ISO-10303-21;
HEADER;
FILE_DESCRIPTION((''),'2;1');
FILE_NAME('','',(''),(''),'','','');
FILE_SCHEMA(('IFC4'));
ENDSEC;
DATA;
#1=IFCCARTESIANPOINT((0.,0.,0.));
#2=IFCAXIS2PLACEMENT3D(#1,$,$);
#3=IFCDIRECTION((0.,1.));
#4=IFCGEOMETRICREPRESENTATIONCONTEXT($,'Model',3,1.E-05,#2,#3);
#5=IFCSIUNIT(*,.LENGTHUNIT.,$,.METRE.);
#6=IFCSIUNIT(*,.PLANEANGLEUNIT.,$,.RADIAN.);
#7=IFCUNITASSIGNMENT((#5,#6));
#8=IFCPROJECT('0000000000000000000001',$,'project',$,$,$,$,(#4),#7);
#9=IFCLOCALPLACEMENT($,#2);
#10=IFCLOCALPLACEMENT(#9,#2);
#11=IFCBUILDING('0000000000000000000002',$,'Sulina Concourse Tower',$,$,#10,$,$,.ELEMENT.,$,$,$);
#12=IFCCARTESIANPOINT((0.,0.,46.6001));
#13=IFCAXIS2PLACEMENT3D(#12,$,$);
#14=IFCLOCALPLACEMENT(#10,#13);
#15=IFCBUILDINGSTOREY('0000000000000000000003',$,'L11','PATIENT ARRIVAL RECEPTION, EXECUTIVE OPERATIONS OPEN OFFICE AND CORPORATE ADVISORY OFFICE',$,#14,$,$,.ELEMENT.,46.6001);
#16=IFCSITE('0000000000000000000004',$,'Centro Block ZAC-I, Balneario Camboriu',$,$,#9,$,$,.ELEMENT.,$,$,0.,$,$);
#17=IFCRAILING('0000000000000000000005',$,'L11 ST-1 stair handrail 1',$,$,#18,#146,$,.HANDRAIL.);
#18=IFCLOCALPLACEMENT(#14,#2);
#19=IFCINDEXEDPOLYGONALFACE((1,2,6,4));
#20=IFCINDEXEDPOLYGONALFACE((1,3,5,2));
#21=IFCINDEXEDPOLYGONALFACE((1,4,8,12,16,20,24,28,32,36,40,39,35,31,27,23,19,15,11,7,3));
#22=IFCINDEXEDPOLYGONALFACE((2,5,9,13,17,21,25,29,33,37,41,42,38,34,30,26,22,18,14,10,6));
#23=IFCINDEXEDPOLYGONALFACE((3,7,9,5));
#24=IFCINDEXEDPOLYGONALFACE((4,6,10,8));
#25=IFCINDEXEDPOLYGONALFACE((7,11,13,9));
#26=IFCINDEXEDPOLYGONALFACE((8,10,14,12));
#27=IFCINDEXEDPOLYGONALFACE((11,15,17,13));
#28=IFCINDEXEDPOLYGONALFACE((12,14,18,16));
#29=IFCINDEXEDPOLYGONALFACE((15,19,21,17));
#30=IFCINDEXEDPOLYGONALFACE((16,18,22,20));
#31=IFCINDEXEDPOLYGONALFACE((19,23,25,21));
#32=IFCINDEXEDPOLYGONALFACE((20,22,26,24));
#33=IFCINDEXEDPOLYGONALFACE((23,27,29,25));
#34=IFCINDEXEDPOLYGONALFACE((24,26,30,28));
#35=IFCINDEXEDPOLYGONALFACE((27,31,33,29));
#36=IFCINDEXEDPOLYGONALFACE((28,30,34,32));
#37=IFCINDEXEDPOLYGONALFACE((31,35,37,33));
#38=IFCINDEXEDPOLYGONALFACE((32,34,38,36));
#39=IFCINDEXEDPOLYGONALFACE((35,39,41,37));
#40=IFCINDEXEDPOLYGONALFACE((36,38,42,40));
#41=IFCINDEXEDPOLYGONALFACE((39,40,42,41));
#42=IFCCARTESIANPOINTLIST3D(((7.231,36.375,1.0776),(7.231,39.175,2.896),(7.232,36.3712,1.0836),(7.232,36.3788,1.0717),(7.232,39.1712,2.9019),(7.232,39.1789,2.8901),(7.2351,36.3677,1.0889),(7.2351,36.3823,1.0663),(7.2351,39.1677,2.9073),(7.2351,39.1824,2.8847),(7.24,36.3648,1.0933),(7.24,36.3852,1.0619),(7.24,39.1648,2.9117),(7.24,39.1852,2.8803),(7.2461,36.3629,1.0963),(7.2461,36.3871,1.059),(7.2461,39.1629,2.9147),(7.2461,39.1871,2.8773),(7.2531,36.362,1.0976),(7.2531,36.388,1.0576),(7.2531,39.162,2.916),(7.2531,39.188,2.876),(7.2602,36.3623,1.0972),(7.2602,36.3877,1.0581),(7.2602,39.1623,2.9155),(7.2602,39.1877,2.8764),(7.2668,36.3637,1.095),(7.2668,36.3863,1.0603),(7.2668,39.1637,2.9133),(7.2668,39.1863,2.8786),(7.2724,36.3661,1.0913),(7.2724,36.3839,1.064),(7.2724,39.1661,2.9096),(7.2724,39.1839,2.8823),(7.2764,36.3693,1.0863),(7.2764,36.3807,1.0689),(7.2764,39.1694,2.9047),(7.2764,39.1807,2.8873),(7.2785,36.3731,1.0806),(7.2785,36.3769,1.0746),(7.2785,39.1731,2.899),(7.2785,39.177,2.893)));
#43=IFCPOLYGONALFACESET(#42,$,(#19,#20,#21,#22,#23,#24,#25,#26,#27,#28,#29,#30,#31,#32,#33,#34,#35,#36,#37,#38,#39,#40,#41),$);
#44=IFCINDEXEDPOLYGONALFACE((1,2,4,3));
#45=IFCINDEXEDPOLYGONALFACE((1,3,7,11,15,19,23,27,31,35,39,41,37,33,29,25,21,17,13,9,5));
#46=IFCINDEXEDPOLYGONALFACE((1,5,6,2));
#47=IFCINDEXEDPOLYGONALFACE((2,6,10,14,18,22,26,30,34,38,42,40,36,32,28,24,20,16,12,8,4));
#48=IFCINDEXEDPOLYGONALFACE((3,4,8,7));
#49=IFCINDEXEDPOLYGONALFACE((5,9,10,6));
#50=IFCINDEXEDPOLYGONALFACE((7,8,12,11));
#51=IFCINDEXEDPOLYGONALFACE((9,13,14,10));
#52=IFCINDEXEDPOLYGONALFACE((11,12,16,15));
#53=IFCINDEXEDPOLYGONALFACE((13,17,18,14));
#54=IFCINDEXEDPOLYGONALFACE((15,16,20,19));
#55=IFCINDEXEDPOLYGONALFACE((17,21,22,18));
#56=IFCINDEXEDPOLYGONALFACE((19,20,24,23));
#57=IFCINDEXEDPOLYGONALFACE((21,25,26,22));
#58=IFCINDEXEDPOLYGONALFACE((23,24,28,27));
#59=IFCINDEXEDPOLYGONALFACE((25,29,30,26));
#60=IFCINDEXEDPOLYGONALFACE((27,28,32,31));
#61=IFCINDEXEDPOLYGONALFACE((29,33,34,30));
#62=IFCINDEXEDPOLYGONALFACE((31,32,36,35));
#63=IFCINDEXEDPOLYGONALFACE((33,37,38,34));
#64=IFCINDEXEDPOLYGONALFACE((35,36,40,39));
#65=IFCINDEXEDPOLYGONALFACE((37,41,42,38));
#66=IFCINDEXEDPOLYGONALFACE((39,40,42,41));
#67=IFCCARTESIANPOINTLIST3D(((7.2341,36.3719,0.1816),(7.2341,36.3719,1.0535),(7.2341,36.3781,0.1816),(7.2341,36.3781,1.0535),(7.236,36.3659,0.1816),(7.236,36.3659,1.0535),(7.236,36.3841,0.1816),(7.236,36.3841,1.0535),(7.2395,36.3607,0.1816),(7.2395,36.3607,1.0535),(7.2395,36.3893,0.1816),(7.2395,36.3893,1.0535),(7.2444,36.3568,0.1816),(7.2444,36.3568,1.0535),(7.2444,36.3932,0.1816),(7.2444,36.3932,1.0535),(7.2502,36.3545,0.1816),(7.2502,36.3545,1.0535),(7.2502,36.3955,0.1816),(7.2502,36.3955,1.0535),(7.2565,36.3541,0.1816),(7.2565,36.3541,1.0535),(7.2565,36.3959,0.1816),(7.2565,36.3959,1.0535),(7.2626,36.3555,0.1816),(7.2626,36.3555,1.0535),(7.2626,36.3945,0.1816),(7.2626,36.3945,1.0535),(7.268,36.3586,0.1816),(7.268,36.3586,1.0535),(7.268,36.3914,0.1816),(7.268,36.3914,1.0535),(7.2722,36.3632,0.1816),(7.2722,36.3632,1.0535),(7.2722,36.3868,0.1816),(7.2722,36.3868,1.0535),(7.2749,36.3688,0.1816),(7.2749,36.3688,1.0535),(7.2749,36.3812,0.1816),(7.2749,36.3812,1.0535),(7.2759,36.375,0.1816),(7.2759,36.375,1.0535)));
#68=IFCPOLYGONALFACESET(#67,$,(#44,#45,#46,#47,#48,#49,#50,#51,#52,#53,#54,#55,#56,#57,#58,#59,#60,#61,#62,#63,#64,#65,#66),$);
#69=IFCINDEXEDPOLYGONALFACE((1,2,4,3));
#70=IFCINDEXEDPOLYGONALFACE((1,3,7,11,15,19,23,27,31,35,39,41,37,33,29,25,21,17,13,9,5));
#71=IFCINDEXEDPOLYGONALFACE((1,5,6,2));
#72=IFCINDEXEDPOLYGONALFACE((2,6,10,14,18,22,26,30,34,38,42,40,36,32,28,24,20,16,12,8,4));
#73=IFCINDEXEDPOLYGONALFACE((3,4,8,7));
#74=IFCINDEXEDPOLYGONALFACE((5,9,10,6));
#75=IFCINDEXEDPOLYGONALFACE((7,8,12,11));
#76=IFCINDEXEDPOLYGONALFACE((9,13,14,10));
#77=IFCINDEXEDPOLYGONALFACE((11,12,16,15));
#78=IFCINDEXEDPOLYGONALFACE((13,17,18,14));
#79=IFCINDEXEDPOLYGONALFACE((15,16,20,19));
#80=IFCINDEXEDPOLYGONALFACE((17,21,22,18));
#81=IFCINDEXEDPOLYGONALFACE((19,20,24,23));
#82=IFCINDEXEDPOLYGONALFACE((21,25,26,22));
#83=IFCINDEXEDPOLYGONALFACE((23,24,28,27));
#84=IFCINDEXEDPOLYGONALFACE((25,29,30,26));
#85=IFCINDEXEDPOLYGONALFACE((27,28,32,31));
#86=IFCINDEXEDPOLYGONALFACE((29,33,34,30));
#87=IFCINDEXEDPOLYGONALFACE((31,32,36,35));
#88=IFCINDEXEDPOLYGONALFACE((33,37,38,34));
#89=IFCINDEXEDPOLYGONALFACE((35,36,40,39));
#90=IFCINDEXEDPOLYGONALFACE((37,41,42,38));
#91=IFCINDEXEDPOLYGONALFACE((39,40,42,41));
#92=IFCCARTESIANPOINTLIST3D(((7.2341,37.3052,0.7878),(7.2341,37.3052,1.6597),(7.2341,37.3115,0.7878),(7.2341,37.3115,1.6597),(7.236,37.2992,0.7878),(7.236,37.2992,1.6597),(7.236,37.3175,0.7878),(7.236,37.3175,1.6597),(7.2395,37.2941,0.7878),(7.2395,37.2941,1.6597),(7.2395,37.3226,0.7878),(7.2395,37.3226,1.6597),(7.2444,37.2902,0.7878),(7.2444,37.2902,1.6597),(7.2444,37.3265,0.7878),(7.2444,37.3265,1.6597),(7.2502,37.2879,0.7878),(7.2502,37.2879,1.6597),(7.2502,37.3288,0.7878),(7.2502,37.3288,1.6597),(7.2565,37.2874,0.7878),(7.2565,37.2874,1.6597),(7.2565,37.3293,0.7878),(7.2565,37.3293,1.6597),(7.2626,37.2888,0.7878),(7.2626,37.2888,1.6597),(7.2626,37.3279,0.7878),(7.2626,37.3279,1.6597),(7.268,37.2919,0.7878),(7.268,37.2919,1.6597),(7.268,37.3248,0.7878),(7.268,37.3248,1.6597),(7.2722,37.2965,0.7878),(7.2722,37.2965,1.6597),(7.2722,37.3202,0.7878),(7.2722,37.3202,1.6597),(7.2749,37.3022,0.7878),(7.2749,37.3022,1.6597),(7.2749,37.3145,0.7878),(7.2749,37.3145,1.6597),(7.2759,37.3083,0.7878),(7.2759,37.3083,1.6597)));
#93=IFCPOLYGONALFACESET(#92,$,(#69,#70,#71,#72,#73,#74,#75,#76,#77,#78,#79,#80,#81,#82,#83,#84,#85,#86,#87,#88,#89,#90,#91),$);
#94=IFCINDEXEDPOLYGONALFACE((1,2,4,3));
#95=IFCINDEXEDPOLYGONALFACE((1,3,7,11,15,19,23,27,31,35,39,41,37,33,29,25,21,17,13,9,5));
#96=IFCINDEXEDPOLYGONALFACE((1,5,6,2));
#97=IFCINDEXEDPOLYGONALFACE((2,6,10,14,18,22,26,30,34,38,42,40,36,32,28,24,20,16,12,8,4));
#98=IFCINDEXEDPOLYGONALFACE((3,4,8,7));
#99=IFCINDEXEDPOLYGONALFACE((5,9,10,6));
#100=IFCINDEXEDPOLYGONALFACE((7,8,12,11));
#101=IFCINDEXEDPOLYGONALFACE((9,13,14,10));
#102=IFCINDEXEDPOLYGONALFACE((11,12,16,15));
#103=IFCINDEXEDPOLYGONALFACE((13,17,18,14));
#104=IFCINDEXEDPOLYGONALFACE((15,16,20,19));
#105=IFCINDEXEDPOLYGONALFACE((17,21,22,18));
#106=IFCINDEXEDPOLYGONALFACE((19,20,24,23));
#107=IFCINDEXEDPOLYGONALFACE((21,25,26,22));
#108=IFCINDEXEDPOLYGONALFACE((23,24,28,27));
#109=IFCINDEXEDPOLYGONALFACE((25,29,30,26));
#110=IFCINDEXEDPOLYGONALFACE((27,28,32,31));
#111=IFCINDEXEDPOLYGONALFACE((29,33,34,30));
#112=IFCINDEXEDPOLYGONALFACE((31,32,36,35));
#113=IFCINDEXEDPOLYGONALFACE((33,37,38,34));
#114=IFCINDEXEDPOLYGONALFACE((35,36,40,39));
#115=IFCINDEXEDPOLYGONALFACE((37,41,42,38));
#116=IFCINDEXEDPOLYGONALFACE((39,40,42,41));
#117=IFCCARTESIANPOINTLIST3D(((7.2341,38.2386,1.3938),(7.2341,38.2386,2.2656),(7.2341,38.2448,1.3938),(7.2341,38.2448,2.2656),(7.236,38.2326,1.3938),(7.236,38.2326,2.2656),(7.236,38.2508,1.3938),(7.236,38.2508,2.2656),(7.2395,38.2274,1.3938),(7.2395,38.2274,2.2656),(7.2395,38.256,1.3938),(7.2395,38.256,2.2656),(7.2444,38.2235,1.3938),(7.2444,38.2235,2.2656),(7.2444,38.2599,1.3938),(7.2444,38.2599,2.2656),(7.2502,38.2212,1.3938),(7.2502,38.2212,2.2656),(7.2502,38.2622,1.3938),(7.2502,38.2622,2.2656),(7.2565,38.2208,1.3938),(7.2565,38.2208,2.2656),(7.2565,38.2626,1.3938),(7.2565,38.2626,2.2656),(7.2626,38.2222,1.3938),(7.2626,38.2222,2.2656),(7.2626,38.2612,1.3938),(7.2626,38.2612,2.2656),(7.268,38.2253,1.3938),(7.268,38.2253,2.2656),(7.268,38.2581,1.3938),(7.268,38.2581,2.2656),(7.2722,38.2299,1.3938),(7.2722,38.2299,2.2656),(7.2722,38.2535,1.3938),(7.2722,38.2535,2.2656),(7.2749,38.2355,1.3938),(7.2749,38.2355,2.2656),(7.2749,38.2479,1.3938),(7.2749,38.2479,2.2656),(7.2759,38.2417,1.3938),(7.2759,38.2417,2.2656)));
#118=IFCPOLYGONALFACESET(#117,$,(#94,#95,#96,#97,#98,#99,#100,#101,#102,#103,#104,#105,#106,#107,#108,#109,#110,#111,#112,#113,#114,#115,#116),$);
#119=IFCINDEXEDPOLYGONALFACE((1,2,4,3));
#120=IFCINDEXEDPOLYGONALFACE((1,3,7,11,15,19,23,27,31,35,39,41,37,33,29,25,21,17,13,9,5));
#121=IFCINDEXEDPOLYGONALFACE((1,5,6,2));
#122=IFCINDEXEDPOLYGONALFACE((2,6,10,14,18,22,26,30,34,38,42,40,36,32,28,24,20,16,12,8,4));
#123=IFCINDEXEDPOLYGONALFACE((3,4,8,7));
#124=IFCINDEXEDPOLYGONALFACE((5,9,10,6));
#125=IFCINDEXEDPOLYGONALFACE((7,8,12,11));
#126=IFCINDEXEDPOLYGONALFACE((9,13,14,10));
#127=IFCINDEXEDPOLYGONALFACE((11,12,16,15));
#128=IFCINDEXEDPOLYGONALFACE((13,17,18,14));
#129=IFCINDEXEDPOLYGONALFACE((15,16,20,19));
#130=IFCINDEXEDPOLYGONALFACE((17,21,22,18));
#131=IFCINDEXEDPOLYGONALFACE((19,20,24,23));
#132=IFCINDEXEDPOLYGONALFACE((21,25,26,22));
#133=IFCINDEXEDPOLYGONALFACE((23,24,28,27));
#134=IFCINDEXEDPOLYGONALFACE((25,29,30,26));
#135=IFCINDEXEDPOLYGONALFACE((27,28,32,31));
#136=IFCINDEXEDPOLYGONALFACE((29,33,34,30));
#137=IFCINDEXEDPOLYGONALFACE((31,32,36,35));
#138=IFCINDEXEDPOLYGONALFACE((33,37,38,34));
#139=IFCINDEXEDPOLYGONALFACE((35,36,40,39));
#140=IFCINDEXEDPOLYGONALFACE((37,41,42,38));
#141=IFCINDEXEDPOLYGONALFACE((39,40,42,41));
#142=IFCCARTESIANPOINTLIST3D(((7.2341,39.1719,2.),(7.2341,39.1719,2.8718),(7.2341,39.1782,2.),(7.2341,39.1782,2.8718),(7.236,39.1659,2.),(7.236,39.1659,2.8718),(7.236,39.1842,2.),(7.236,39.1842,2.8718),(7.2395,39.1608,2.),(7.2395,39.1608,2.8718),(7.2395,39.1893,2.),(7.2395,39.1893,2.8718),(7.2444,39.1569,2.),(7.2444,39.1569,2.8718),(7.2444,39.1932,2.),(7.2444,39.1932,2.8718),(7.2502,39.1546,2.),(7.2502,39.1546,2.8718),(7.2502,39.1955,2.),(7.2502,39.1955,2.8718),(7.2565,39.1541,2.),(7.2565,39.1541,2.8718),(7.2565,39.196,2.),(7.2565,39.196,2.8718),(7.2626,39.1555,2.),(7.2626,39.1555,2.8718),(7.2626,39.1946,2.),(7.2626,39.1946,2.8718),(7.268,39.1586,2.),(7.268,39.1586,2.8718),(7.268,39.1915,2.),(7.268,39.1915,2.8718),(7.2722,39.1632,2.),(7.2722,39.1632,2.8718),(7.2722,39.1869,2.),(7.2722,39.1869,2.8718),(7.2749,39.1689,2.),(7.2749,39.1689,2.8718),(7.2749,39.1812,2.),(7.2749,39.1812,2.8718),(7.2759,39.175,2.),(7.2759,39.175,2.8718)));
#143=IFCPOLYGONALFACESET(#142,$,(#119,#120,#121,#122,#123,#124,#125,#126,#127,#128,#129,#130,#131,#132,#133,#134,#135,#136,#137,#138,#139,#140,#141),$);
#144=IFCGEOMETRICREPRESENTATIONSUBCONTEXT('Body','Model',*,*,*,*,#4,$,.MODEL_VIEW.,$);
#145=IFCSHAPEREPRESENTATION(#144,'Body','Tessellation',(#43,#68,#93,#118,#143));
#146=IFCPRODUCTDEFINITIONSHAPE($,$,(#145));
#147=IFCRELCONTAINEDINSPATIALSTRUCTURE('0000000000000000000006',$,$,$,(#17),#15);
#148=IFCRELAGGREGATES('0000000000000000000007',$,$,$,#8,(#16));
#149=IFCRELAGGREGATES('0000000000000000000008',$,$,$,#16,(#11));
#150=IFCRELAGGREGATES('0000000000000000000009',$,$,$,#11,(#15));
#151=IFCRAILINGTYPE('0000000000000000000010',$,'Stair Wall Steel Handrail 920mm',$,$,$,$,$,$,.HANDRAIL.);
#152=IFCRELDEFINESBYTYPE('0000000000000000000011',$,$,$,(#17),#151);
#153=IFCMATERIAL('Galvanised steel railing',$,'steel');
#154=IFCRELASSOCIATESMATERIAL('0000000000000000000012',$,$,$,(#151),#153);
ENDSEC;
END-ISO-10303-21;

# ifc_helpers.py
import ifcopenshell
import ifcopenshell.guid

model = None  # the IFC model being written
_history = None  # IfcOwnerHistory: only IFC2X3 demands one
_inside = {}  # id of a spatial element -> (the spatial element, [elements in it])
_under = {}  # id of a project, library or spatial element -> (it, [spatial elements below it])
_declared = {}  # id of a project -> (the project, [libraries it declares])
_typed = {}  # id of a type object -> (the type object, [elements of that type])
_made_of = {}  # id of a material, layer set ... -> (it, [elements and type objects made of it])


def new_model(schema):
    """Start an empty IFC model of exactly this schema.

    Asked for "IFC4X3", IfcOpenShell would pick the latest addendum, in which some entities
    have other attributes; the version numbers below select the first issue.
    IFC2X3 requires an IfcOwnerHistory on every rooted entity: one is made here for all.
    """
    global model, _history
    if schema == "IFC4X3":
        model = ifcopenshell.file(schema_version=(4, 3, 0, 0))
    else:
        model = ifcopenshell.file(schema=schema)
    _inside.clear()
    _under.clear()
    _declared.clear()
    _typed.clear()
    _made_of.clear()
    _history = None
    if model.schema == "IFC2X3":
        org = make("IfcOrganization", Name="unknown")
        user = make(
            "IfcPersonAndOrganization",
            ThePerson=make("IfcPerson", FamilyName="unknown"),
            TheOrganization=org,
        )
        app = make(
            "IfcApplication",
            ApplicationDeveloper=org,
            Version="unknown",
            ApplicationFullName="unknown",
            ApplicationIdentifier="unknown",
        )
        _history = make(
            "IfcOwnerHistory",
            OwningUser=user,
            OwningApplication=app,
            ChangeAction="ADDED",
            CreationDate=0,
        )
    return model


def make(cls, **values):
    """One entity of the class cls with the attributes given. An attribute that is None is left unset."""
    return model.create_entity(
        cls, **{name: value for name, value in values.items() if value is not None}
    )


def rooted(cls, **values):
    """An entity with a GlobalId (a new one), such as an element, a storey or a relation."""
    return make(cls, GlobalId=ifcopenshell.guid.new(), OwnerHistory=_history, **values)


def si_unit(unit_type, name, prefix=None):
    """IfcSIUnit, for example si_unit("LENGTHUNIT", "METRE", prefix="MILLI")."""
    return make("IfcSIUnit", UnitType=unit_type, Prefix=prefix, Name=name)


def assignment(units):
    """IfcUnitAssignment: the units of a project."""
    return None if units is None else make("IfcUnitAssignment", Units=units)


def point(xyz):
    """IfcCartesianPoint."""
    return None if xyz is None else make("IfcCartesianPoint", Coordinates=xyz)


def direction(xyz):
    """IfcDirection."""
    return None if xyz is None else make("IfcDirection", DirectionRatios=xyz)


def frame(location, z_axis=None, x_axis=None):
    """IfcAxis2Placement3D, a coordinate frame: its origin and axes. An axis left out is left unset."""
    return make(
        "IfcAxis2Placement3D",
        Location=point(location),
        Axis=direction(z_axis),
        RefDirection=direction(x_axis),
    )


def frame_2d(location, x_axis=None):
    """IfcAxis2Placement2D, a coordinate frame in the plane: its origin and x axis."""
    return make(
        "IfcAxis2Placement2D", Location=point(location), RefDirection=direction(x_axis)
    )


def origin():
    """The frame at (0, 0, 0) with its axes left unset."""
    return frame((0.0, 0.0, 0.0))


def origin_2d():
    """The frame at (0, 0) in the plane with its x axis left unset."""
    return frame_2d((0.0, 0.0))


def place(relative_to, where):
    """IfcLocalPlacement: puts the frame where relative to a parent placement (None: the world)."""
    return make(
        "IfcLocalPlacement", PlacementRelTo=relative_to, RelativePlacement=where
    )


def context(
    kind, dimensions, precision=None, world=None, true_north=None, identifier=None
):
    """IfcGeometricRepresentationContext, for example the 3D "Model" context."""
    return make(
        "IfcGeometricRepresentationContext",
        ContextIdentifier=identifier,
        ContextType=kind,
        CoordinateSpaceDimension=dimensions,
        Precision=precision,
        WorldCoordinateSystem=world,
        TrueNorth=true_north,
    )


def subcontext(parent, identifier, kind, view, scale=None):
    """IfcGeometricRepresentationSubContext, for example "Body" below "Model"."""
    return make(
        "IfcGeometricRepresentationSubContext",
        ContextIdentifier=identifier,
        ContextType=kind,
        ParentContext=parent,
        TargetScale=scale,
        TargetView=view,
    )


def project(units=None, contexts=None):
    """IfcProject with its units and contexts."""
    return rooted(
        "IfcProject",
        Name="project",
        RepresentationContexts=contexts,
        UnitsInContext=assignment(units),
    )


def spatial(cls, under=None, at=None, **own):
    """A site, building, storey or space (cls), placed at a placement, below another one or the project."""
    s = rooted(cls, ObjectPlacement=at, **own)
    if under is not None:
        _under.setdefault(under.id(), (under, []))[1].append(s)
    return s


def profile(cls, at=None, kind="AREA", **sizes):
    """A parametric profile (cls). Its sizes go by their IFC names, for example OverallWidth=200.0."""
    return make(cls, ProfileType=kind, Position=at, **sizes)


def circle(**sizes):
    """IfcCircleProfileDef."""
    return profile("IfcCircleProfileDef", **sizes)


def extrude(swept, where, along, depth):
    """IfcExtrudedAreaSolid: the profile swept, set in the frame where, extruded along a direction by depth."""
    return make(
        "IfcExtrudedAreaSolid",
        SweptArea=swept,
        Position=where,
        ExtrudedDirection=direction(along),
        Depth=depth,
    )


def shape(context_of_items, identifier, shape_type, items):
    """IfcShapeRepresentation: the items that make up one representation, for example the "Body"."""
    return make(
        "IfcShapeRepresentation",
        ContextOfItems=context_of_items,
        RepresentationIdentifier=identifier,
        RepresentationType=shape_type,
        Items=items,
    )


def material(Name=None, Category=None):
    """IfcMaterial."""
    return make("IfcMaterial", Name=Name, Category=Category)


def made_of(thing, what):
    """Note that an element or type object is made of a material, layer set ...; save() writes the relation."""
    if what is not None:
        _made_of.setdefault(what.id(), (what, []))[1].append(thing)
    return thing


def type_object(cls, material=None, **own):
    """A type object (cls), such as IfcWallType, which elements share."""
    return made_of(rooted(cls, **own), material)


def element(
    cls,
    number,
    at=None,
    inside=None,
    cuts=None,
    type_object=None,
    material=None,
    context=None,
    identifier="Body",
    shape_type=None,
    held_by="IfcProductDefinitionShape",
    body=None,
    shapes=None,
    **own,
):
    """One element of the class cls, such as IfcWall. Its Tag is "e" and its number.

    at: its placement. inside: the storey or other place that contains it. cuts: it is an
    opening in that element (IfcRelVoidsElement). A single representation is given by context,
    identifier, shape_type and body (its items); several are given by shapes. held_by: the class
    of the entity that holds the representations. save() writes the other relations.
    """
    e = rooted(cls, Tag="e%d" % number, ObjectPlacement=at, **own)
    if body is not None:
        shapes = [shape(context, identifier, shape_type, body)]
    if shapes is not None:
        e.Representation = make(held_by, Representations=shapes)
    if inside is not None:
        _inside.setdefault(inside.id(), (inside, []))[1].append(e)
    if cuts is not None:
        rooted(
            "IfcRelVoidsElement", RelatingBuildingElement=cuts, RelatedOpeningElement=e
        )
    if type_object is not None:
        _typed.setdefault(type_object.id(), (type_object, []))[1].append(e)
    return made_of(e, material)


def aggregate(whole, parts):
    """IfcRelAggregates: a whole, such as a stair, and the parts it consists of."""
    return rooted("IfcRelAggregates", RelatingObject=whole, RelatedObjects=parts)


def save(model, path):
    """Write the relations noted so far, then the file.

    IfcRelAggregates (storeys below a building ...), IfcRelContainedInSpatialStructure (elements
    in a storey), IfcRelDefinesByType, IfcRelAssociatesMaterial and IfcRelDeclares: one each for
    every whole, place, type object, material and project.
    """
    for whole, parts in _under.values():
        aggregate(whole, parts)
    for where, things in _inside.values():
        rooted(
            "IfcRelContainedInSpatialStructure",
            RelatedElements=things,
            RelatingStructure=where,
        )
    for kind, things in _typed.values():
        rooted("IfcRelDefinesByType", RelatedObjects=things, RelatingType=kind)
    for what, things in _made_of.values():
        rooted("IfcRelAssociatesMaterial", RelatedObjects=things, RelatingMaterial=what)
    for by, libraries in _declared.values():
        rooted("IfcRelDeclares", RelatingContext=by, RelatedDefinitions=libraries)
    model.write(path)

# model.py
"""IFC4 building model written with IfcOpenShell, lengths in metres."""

from ifc_helpers import new_model, si_unit, direction, frame, origin, origin_2d, place, context, subcontext, project, spatial, circle, extrude, material, type_object, element, save


model = new_model("IFC4")

# Units and contexts
model_context = context("Model", 3, precision=1e-05, world=origin(), true_north=direction((0.0, 1.0)))
body_context = subcontext(model_context, "Body", "Model", "MODEL_VIEW")
ifc_project = project(units=[si_unit("LENGTHUNIT", "METRE"), si_unit("PLANEANGLEUNIT", "RADIAN")], contexts=[model_context])

# Site, building, storey
site_placement = place(None, origin())
site = spatial("IfcSite", under=ifc_project, at=site_placement, Name="Centro Block ZAC-I, Balneario Camboriu", CompositionType="ELEMENT", RefElevation=0.0)
building_placement = place(site_placement, origin())
building = spatial("IfcBuilding", under=site, at=building_placement, Name="Sulina Concourse Tower", CompositionType="ELEMENT")
storey_placement = place(building_placement, frame((0.0, 0.0, 46.6001)))
storey = spatial("IfcBuildingStorey", under=building, at=storey_placement, Name="L11", Description="PATIENT ARRIVAL RECEPTION, EXECUTIVE OPERATIONS OPEN OFFICE AND CORPORATE ADVISORY OFFICE", CompositionType="ELEMENT", Elevation=46.6001)

# Railing
ifc_material_1 = material(Name="Galvanised steel railing", Category="steel")
railing_type_1 = type_object("IfcRailingType", Name="Stair Wall Steel Handrail 920mm", PredefinedType="HANDRAIL", material=ifc_material_1)
railing_1_placement = place(storey_placement, frame((7.2549, 36.375, 0.1816)))
element("IfcRailing", 1, at=railing_1_placement, inside=storey, type_object=railing_type_1, Name="L11 ST-1 stair handrail 1", PredefinedType="HANDRAIL", context=body_context, shape_type="SweptSolid", body=[
    extrude(circle(Radius=0.0239, at=origin_2d()), frame((0.0, 0.0, 0.896), z_axis=(0.0, 0.838672, 0.544636), x_axis=(-1.0, 0.0, 0.0)), (0.0, 0.0, 1.0), 3.3386),
    extrude(circle(Radius=0.021, at=origin_2d()), origin(), (0.0, 0.0, 1.0), 0.8718),
    extrude(circle(Radius=0.021, at=origin_2d()), frame((0.0, 0.9333, 0.6062)), (0.0, 0.0, 1.0), 0.8718),
    extrude(circle(Radius=0.021, at=origin_2d()), frame((0.0, 1.8667, 1.2122)), (0.0, 0.0, 1.0), 0.8718),
    extrude(circle(Radius=0.021, at=origin_2d()), frame((0.0, 2.8, 1.8184)), (0.0, 0.0, 1.0), 0.8718),
])

save(model, "model.ifc")
